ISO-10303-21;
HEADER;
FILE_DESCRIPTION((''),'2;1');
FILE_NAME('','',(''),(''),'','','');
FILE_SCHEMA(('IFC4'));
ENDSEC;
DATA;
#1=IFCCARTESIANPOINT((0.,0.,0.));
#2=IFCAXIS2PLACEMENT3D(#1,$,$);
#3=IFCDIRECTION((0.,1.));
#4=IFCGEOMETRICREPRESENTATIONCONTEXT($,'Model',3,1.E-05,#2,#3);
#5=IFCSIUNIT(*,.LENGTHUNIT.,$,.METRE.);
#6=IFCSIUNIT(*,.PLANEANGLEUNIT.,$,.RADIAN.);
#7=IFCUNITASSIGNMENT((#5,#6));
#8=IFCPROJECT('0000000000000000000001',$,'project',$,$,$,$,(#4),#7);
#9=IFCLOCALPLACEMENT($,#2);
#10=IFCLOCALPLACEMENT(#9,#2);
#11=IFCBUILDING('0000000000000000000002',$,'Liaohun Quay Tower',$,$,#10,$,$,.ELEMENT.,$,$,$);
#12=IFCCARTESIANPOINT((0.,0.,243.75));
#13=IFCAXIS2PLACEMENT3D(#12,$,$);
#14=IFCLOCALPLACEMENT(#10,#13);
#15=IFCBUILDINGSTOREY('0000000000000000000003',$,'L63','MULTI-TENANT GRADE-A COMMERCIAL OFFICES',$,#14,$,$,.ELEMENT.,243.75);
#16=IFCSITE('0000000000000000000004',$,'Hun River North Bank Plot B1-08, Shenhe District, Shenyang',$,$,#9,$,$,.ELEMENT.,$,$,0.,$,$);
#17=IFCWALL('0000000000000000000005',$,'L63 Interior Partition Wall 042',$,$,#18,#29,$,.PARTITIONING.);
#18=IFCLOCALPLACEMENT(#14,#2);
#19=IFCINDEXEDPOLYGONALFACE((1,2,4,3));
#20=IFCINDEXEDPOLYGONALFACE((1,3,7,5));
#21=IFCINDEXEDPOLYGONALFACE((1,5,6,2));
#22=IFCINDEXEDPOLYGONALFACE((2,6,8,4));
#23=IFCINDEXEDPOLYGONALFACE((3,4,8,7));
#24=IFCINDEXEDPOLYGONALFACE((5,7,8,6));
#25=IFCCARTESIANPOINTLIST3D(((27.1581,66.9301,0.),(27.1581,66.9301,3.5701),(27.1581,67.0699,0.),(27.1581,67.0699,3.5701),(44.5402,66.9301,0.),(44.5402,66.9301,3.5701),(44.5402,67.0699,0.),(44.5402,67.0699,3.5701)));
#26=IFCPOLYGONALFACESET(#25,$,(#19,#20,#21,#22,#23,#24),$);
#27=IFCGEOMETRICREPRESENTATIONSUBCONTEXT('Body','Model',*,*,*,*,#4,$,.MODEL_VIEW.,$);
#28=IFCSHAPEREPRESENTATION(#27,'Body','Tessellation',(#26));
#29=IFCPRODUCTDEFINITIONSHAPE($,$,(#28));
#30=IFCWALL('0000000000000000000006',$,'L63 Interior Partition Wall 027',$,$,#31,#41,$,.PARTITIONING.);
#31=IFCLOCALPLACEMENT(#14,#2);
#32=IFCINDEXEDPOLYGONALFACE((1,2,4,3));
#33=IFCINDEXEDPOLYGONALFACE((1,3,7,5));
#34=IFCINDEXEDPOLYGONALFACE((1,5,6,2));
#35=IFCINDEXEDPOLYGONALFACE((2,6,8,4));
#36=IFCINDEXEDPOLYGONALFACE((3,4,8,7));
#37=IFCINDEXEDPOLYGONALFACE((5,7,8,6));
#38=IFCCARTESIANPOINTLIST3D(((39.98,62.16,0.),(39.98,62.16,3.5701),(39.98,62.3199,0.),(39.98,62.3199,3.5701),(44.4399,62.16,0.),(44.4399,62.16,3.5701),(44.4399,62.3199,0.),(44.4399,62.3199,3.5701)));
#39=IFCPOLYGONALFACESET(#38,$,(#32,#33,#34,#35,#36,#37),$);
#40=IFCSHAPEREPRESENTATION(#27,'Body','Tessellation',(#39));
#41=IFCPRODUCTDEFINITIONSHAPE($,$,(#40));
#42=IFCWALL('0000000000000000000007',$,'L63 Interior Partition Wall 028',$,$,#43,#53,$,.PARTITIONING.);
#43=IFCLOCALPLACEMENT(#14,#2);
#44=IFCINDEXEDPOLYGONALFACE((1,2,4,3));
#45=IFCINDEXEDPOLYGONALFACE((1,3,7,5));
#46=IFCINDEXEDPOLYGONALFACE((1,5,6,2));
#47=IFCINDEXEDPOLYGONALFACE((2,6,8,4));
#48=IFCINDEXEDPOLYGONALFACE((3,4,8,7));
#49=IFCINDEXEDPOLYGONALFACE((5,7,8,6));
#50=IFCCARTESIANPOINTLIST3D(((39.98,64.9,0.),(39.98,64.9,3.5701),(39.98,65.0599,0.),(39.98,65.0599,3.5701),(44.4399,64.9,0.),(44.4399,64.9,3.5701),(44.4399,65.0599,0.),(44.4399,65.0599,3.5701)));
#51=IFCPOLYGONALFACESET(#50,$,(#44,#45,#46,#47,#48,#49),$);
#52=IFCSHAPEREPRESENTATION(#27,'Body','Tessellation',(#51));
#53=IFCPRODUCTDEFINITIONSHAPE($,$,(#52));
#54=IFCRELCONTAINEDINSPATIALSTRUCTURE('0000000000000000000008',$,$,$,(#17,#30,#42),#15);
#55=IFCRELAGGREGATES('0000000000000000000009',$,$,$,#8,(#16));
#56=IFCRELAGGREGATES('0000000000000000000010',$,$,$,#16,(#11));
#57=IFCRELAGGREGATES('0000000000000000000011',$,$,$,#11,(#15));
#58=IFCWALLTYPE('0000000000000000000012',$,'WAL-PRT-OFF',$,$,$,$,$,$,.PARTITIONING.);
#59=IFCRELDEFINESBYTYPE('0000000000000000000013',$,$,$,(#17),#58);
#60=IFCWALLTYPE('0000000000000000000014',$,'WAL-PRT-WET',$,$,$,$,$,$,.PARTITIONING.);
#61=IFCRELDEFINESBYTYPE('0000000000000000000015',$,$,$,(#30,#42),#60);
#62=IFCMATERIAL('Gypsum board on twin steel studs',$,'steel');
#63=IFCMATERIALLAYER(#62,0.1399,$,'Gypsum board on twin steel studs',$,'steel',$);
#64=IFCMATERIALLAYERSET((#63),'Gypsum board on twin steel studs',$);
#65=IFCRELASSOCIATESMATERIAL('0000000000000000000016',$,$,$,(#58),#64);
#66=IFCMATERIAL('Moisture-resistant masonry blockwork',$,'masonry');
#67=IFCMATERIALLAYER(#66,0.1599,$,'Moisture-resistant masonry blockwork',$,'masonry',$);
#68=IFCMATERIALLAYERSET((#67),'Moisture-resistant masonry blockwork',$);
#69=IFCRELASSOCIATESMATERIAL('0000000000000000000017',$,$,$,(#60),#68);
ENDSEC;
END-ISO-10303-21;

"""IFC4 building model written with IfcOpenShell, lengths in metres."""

from ifc_helpers import new_model, si_unit, direction, frame, frame_2d, origin, place, context, subcontext, project, spatial, rectangle, extrude, material, layer, layer_set, type_object, element, save


model = new_model("IFC4")

# Units and contexts
model_context = context("Model", 3, precision=1e-05, world=origin(), true_north=direction((0.0, 1.0)))
body_context = subcontext(model_context, "Body", "Model", "MODEL_VIEW")
ifc_project = project(units=[si_unit("LENGTHUNIT", "METRE"), si_unit("PLANEANGLEUNIT", "RADIAN")], contexts=[model_context])

# Site, building, storey
site_placement = place(None, origin())
site = spatial("IfcSite", under=ifc_project, at=site_placement, Name="Hun River North Bank Plot B1-08, Shenhe District, Shenyang", CompositionType="ELEMENT", RefElevation=0.0)
building_placement = place(site_placement, origin())
building = spatial("IfcBuilding", under=site, at=building_placement, Name="Liaohun Quay Tower", CompositionType="ELEMENT")
storey_placement = place(building_placement, frame((0.0, 0.0, 243.75)))
storey = spatial("IfcBuildingStorey", under=building, at=storey_placement, Name="L63", Description="MULTI-TENANT GRADE-A COMMERCIAL OFFICES", CompositionType="ELEMENT", Elevation=243.75)

# Wall
ifc_material_1 = material(Name="Gypsum board on twin steel studs", Category="steel")
ifc_layer_1 = layer(ifc_material_1, 0.1399, Name="Gypsum board on twin steel studs", Category="steel")
ifc_layer_set_1 = layer_set([ifc_layer_1], Name="Gypsum board on twin steel studs")
wall_type_1 = type_object("IfcWallType", Name="WAL-PRT-OFF", PredefinedType="PARTITIONING", material=ifc_layer_set_1)
wall_1_placement = place(storey_placement, frame((44.54, 67.0, 0.0), z_axis=(0.0, 0.0, 1.0), x_axis=(-1.0, 0.0, 0.0)))
element("IfcWall", 1, at=wall_1_placement, inside=storey, type_object=wall_type_1, Name="L63 Interior Partition Wall 042", PredefinedType="PARTITIONING", context=body_context, shape_type="SweptSolid", body=[
    extrude(rectangle(XDim=17.3821, YDim=0.1399, at=frame_2d((8.6909, 0.0))), origin(), (0.0, 0.0, 1.0), 3.5701),
])

# Shared definitions
ifc_material_2 = material(Name="Moisture-resistant masonry blockwork", Category="masonry")
ifc_layer_2 = layer(ifc_material_2, 0.1599, Name="Moisture-resistant masonry blockwork", Category="masonry")
ifc_layer_set_2 = layer_set([ifc_layer_2], Name="Moisture-resistant masonry blockwork")
wall_type_2 = type_object("IfcWallType", Name="WAL-PRT-WET", PredefinedType="PARTITIONING", material=ifc_layer_set_2)

# Walls
for number, where, z_axis, x_axis, name in (
    (2, (39.98, 62.24, 0.0), (0.0, 0.0, 1.0), (1.0, 0.0, 0.0), "L63 Interior Partition Wall 027"),
    (3, (39.98, 64.98, 0.0), (0.0, 0.0, 1.0), (1.0, 0.0, 0.0), "L63 Interior Partition Wall 028"),
):
    element("IfcWall", number, at=place(storey_placement, frame(where, z_axis=z_axis, x_axis=x_axis)), inside=storey, type_object=wall_type_2, Name=name, PredefinedType="PARTITIONING", context=body_context, shape_type="SweptSolid", body=[
        extrude(rectangle(XDim=4.46, YDim=0.1599, at=frame_2d((2.23, 0.0))), origin(), (0.0, 0.0, 1.0), 3.5701),
    ])

save(model, "model.ifc")
